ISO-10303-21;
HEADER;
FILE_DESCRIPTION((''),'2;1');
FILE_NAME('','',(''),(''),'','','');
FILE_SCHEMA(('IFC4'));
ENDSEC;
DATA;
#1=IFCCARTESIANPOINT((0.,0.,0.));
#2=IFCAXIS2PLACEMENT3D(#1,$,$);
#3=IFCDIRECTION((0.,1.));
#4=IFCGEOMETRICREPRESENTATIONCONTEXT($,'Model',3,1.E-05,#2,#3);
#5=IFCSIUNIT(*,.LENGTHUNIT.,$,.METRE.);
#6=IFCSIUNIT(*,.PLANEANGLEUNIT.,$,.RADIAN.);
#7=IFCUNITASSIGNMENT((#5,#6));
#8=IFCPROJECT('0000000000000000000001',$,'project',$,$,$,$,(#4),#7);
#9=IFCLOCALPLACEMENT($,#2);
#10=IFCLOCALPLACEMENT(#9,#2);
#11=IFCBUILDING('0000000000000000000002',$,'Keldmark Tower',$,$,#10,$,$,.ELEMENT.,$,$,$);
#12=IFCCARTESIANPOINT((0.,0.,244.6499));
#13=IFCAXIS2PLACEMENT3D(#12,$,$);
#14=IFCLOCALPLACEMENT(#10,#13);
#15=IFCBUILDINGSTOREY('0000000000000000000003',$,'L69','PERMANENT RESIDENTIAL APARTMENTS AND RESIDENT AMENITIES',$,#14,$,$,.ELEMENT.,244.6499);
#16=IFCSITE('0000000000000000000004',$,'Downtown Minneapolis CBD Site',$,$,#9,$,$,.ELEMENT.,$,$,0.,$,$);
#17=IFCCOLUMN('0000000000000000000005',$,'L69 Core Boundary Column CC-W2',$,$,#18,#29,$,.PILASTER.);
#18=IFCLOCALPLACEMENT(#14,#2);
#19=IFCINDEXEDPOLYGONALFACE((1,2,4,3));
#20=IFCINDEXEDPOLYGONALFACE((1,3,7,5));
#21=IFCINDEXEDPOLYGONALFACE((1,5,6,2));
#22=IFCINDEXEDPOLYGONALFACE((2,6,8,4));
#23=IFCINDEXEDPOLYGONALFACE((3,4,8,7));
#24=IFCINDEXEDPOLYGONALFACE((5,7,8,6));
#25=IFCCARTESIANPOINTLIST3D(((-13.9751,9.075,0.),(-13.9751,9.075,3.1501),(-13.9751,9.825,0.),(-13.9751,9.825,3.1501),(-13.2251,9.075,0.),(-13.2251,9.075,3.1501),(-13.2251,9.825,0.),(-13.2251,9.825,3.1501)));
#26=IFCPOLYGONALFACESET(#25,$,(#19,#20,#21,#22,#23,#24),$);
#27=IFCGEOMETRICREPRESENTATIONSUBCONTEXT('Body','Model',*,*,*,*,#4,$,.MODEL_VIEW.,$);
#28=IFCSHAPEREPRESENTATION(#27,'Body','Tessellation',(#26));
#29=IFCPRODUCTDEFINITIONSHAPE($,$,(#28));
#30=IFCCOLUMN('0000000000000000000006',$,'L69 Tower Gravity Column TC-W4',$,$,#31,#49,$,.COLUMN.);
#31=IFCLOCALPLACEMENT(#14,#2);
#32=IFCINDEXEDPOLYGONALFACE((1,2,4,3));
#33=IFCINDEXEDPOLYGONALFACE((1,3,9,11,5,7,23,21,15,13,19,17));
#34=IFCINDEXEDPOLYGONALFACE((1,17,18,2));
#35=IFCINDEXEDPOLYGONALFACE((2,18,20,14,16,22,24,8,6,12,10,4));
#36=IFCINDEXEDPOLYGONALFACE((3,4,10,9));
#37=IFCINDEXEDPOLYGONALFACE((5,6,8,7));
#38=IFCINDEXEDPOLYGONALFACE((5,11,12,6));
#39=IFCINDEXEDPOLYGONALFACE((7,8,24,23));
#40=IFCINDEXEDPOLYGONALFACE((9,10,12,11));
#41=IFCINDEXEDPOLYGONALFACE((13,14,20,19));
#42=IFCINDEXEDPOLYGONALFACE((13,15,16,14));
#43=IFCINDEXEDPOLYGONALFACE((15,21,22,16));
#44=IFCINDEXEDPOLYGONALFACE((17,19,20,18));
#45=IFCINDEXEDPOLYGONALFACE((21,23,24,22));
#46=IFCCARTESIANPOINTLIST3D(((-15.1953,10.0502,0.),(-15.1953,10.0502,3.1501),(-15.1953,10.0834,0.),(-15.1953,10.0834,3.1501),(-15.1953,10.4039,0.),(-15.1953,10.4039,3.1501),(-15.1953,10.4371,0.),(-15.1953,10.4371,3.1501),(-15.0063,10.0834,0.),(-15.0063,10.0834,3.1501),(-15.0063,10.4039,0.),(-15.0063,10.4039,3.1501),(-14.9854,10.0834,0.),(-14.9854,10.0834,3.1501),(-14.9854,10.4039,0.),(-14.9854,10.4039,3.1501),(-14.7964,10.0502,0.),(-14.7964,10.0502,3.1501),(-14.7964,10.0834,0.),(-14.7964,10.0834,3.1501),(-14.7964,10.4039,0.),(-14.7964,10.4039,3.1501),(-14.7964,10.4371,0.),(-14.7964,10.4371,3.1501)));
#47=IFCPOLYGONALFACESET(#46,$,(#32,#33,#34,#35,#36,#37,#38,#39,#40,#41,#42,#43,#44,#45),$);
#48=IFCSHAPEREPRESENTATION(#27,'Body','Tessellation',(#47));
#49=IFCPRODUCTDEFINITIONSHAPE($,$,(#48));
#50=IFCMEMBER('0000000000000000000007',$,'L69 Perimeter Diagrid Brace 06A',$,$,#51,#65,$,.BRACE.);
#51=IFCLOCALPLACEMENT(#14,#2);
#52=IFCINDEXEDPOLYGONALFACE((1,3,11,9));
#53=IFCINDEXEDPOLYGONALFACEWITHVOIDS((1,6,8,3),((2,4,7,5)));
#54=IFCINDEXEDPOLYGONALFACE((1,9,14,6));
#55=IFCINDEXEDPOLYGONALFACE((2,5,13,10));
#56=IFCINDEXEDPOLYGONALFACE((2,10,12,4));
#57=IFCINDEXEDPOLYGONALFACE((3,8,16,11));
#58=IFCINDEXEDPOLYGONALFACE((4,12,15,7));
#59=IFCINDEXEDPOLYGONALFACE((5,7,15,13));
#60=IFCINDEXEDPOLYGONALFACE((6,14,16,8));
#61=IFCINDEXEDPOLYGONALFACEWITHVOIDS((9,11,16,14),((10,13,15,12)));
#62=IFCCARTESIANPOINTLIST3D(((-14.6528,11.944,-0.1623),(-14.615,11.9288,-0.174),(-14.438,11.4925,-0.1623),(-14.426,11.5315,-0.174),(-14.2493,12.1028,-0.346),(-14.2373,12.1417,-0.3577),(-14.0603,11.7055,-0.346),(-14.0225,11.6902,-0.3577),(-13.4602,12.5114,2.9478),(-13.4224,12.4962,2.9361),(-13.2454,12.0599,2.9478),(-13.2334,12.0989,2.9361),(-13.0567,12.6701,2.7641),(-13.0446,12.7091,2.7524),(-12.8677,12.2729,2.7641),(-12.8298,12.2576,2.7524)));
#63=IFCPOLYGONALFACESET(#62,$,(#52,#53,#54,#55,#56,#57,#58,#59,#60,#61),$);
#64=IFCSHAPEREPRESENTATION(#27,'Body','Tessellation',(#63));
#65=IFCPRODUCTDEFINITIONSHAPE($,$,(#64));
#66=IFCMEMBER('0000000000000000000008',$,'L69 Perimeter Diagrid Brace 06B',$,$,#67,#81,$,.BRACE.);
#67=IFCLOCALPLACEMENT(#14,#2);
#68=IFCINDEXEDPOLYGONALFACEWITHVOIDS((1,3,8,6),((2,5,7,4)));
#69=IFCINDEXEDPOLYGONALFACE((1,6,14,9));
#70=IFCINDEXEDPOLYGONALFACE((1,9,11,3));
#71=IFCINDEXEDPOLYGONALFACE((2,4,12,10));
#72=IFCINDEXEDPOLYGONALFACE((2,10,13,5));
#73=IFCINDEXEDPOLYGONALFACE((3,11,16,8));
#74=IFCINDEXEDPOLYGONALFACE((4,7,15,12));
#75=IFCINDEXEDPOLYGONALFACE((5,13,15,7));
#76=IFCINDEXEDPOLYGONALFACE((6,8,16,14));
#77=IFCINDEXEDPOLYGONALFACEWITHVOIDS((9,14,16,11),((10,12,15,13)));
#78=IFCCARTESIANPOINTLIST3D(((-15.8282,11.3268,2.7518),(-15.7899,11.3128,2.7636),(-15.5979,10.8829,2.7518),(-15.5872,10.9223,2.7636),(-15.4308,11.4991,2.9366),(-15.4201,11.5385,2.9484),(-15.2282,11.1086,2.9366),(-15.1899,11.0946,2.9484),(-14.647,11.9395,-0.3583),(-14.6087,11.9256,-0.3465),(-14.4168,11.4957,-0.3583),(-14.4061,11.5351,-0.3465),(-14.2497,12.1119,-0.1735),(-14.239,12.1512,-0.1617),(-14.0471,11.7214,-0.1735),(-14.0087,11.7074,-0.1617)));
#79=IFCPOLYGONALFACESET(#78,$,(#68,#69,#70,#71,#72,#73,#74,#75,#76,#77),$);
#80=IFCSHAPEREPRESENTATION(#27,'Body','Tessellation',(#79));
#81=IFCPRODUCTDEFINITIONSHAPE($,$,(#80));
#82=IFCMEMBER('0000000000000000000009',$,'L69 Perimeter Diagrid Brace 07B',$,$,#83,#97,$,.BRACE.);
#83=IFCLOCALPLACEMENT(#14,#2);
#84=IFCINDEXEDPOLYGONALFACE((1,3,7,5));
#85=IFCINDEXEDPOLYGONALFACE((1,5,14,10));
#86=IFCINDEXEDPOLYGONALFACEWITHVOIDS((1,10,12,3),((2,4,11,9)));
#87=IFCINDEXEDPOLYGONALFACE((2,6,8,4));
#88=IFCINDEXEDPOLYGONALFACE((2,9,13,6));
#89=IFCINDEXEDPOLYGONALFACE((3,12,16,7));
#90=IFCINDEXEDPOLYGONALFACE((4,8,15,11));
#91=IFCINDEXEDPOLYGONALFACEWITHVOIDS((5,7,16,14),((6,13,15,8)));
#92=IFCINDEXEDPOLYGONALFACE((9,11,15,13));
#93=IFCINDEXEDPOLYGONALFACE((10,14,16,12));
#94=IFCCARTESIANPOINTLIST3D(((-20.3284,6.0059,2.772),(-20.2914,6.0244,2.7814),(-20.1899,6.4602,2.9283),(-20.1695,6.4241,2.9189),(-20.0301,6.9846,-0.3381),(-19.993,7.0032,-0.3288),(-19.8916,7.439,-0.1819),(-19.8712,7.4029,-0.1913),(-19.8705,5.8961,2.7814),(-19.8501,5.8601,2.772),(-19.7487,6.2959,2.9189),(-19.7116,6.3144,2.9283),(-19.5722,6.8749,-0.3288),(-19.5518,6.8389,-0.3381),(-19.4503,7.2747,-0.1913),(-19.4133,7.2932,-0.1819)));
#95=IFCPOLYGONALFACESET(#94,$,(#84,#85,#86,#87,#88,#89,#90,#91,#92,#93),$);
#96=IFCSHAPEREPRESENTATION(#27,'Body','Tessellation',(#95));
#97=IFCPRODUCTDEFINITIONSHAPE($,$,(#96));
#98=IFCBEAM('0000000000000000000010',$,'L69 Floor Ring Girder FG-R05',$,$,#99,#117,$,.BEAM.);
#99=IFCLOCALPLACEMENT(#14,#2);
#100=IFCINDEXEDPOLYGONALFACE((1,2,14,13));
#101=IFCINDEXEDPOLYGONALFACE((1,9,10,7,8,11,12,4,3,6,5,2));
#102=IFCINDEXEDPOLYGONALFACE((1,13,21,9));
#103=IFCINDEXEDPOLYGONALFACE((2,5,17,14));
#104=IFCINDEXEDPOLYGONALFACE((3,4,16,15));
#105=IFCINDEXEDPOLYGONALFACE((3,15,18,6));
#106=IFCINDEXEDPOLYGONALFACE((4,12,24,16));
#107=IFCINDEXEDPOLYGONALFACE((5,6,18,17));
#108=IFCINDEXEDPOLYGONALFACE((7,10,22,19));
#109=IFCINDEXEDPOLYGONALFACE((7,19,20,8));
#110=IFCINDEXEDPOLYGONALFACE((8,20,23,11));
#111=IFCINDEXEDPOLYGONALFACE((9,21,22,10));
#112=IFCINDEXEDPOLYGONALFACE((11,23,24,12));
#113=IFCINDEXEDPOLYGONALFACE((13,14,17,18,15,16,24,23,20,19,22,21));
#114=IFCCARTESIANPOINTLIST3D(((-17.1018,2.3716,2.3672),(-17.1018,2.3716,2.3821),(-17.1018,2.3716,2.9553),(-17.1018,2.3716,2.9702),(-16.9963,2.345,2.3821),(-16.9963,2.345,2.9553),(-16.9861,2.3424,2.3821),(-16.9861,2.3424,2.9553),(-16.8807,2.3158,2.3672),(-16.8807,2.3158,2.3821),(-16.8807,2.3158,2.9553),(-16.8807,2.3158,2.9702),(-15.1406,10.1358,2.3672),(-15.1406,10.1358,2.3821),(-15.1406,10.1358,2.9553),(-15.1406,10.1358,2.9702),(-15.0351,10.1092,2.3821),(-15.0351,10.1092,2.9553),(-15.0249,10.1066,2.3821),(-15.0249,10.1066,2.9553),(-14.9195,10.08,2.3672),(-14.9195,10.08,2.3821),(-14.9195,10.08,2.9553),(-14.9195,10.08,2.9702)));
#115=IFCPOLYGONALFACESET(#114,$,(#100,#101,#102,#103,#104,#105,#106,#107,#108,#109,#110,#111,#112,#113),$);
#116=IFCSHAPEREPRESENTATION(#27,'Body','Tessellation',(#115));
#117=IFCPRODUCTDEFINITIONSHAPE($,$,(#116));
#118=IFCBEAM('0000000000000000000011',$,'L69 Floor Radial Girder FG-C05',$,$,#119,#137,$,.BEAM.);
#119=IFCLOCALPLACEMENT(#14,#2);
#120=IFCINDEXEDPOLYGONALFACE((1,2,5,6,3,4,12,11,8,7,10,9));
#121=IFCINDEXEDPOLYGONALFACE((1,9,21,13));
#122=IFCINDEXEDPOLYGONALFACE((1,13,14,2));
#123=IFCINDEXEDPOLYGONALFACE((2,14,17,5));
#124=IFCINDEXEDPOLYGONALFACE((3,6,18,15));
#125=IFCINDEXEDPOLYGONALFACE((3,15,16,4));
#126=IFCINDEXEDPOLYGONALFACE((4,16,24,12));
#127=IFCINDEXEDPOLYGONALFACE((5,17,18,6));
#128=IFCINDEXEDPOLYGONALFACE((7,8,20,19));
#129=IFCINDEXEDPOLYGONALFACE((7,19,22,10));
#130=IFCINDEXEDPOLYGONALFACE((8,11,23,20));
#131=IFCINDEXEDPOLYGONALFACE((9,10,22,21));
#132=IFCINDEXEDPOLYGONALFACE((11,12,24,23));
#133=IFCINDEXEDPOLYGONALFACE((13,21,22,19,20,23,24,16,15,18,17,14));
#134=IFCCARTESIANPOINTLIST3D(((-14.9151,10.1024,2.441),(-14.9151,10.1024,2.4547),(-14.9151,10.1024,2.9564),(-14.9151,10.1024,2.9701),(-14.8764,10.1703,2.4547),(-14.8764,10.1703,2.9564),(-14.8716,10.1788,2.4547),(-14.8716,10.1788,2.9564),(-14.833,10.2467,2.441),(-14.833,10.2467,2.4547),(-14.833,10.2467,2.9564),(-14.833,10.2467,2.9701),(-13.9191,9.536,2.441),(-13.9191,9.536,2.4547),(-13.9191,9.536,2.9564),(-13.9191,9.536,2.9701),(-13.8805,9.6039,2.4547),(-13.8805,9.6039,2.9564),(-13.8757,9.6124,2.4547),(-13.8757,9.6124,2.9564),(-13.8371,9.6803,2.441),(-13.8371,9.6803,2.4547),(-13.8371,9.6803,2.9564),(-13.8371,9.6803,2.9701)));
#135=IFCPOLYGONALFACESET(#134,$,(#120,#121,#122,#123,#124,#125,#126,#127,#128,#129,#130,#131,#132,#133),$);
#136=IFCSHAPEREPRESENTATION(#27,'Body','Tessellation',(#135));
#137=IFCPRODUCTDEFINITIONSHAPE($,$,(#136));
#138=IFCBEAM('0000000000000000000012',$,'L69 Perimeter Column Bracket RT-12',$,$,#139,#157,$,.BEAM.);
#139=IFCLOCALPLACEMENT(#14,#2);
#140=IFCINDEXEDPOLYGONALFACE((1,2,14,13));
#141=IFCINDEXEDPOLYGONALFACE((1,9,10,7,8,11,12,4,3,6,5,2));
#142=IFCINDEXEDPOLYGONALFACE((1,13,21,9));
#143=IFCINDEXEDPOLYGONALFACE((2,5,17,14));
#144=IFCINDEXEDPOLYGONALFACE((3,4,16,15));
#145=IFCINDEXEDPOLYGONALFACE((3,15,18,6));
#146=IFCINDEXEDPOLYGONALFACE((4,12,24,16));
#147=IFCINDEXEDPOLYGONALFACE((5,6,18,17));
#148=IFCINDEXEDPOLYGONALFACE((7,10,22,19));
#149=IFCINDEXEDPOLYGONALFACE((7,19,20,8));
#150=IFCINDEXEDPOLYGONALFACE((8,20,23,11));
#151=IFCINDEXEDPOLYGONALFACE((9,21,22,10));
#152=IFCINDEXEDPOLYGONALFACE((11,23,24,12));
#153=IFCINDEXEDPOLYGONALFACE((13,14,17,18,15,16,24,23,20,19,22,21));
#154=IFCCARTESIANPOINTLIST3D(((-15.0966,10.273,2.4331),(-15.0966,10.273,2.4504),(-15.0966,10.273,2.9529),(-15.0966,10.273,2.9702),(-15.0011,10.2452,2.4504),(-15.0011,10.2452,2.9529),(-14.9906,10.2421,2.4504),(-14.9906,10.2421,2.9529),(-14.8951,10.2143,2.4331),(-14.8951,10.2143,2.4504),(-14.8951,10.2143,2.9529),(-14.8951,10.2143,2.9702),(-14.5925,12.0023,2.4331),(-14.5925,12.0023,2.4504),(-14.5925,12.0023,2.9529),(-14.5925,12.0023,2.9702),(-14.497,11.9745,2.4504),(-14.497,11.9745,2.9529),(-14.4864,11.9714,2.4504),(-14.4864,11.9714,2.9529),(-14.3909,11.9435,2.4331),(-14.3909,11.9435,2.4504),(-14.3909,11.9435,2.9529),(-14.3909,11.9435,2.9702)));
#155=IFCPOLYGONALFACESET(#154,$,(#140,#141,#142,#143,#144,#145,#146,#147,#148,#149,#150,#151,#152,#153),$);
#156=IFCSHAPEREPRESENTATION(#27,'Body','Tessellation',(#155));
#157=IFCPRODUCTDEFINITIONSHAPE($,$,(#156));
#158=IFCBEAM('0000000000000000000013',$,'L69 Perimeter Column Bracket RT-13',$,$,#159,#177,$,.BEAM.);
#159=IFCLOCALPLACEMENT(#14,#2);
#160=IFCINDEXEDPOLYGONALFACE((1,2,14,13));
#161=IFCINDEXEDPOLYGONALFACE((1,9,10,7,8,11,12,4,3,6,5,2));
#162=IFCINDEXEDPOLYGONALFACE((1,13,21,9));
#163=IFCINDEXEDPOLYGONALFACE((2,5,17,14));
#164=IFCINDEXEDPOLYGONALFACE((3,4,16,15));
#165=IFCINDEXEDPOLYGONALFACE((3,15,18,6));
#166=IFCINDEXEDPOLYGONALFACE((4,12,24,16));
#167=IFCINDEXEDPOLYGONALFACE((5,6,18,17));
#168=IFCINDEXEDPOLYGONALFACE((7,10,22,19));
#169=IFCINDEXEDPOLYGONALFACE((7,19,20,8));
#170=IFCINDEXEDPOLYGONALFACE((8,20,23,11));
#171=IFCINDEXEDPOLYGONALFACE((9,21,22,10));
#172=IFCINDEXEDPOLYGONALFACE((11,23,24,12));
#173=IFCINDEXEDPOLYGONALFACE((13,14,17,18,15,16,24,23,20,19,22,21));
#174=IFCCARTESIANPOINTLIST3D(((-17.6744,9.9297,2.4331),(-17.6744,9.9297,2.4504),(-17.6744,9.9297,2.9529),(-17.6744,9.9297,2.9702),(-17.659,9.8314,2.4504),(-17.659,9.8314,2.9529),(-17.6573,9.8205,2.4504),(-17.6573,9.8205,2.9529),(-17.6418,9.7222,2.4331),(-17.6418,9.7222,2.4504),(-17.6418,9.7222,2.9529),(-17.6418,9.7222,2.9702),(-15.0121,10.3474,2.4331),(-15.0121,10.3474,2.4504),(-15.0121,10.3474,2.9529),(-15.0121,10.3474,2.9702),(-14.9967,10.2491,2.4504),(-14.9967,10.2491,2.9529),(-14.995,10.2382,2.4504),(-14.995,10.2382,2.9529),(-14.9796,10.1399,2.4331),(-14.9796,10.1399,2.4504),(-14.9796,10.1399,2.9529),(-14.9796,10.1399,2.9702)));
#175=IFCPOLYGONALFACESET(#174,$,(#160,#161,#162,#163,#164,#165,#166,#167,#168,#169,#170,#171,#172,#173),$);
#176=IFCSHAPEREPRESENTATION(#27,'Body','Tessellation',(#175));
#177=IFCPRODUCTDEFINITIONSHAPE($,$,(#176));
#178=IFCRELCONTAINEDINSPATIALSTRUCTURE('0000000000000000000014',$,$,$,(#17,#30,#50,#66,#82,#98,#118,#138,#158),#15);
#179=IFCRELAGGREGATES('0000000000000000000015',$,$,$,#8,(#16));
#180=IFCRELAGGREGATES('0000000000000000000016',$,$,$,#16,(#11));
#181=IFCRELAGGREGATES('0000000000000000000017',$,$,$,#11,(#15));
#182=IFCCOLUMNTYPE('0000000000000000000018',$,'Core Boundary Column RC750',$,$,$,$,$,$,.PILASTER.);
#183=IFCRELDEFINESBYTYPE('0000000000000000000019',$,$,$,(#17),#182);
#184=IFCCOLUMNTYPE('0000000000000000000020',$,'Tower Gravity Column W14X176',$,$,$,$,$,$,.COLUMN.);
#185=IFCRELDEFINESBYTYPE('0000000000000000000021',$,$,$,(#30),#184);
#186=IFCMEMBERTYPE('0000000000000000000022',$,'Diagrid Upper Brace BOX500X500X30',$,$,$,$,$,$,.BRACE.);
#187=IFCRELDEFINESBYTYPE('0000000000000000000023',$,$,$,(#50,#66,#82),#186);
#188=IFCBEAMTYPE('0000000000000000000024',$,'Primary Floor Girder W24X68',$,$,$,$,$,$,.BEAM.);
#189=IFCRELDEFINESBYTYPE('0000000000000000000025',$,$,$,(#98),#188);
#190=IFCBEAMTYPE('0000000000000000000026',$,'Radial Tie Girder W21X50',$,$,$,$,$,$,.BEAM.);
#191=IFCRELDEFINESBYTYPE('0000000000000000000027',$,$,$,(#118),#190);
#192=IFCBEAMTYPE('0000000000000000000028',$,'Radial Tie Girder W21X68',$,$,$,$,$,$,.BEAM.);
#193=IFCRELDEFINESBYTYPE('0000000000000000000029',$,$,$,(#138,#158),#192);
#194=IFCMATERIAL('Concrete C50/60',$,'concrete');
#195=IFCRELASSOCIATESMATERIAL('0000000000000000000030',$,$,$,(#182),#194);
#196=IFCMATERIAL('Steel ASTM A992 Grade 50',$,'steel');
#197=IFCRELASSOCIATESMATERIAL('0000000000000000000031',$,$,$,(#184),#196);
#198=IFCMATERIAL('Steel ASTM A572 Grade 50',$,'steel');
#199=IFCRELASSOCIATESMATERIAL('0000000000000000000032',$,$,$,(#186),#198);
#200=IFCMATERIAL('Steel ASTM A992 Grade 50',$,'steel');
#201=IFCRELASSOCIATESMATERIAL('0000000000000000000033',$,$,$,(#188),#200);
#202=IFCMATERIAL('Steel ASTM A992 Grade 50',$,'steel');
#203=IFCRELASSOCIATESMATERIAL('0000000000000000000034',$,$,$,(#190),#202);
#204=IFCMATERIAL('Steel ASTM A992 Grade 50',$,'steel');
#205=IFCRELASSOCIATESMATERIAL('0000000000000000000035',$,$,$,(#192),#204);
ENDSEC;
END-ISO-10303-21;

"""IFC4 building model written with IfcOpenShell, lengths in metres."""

from ifc_helpers import new_model, si_unit, direction, frame, origin, origin_2d, place, context, subcontext, project, spatial, rectangle, hollow_rectangle, i_section, extrude, material, material_profile, profile_set, type_object, element, save


model = new_model("IFC4")

# Units and contexts
model_context = context("Model", 3, precision=1e-05, world=origin(), true_north=direction((0.0, 1.0)))
body_context = subcontext(model_context, "Body", "Model", "MODEL_VIEW")
ifc_project = project(units=[si_unit("LENGTHUNIT", "METRE"), si_unit("PLANEANGLEUNIT", "RADIAN")], contexts=[model_context])

# Site, building, storey
site_placement = place(None, origin())
site = spatial("IfcSite", under=ifc_project, at=site_placement, Name="Downtown Minneapolis CBD Site", CompositionType="ELEMENT", RefElevation=0.0)
building_placement = place(site_placement, origin())
building = spatial("IfcBuilding", under=site, at=building_placement, Name="Keldmark Tower", CompositionType="ELEMENT")
storey_placement = place(building_placement, frame((0.0, 0.0, 244.6499)))
storey = spatial("IfcBuildingStorey", under=building, at=storey_placement, Name="L69", Description="PERMANENT RESIDENTIAL APARTMENTS AND RESIDENT AMENITIES", CompositionType="ELEMENT", Elevation=244.6499)

# Columns
ifc_material_1 = material(Name="Concrete C50/60", Category="concrete")
ifc_material_profile_1 = material_profile(ifc_material_1, rectangle(XDim=0.75, YDim=0.75, at=origin_2d()), Name="RC750X750")
ifc_profile_set_1 = profile_set([ifc_material_profile_1], Name="Concrete C50/60")
column_type_1 = type_object("IfcColumnType", Name="Core Boundary Column RC750", PredefinedType="PILASTER", material=ifc_profile_set_1)
column_1_placement = place(storey_placement, frame((-13.6001, 9.45, 0.0), z_axis=(0.0, 0.0, 1.0), x_axis=(1.0, 0.0, 0.0)))
element("IfcColumn", 1, at=column_1_placement, inside=storey, type_object=column_type_1, Name="L69 Core Boundary Column CC-W2", PredefinedType="PILASTER", context=body_context, shape_type="SweptSolid", body=[
    extrude(rectangle(XDim=0.75, YDim=0.75, at=origin_2d()), origin(), (0.0, 0.0, 1.0), 3.1501),
])
ifc_material_2 = material(Name="Steel ASTM A992 Grade 50", Category="steel")
ifc_material_profile_2 = material_profile(ifc_material_2, i_section(OverallWidth=0.3989, OverallDepth=0.387, WebThickness=0.021, FlangeThickness=0.0332, at=origin_2d()), Name="W14X176")
ifc_profile_set_2 = profile_set([ifc_material_profile_2], Name="Steel ASTM A992 Grade 50")
column_type_2 = type_object("IfcColumnType", Name="Tower Gravity Column W14X176", PredefinedType="COLUMN", material=ifc_profile_set_2)
column_2_placement = place(storey_placement, frame((-14.9958, 10.2437, 0.0), z_axis=(0.0, 0.0, 1.0), x_axis=(1.0, 0.0, 0.0)))
element("IfcColumn", 2, at=column_2_placement, inside=storey, type_object=column_type_2, Name="L69 Tower Gravity Column TC-W4", PredefinedType="COLUMN", context=body_context, shape_type="SweptSolid", body=[
    extrude(i_section(OverallWidth=0.3989, OverallDepth=0.387, WebThickness=0.021, FlangeThickness=0.0332, at=origin_2d()), origin(), (0.0, 0.0, 1.0), 3.1501),
])

# Members
ifc_material_3 = material(Name="Steel ASTM A572 Grade 50", Category="steel")
ifc_material_profile_3 = material_profile(ifc_material_3, hollow_rectangle(XDim=0.5, YDim=0.5, WallThickness=0.03, at=origin_2d()), Name="BOX500X500X30")
ifc_profile_set_3 = profile_set([ifc_material_profile_3], Name="Steel ASTM A572 Grade 50")
member_type = type_object("IfcMemberType", Name="Diagrid Upper Brace BOX500X500X30", PredefinedType="BRACE", material=ifc_profile_set_3)
member_1_placement = place(storey_placement, frame((-14.3376, 11.8171, -0.26), z_axis=(0.352962, 0.167919, 0.920446), x_axis=(-0.429603, 0.903018, 0.0)))
element("IfcMember", 3, at=member_1_placement, inside=storey, type_object=member_type, Name="L69 Perimeter Diagrid Brace 06A", PredefinedType="BRACE", context=body_context, shape_type="SweptSolid", body=[
    extrude(hollow_rectangle(XDim=0.5, YDim=0.5, WallThickness=0.03, at=origin_2d()), origin(), (0.0, 0.0, 1.0), 3.3789),
])
member_2_placement = place(storey_placement, frame((-14.3279, 11.8235, -0.26), z_axis=(-0.349163, -0.181149, 0.919386), x_axis=(0.460521, -0.887649, 0.0)))
element("IfcMember", 4, at=member_2_placement, inside=storey, type_object=member_type, Name="L69 Perimeter Diagrid Brace 06B", PredefinedType="BRACE", context=body_context, shape_type="SweptSolid", body=[
    extrude(hollow_rectangle(XDim=0.5, YDim=0.5, WallThickness=0.03, at=origin_2d()), origin(), (0.0, 0.0, 1.0), 3.3828),
])
member_3_placement = place(storey_placement, frame((-19.7217, 7.1389, -0.26), z_axis=(-0.091121, -0.29894, 0.949912), x_axis=(0.95655, -0.29157, 0.0)))
element("IfcMember", 5, at=member_3_placement, inside=storey, type_object=member_type, Name="L69 Perimeter Diagrid Brace 07B", PredefinedType="BRACE", context=body_context, shape_type="SweptSolid", body=[
    extrude(hollow_rectangle(XDim=0.5, YDim=0.5, WallThickness=0.03, at=origin_2d()), origin(), (0.0, 0.0, 1.0), 3.2742),
])

# Beams
ifc_material_4 = material(Name="Steel ASTM A992 Grade 50", Category="steel")
ifc_material_profile_4 = material_profile(ifc_material_4, i_section(OverallWidth=0.228, OverallDepth=0.603, WebThickness=0.0105, FlangeThickness=0.0149, at=origin_2d()), Name="W24X68")
ifc_profile_set_4 = profile_set([ifc_material_profile_4], Name="Steel ASTM A992 Grade 50")
beam_type_1 = type_object("IfcBeamType", Name="Primary Floor Girder W24X68", PredefinedType="BEAM", material=ifc_profile_set_4)
beam_1_placement = place(storey_placement, frame((-15.03, 10.1079, 2.6687), z_axis=(-0.244902, -0.969548, 0.0), x_axis=(0.969548, -0.244902, 0.0)))
element("IfcBeam", 6, at=beam_1_placement, inside=storey, type_object=beam_type_1, Name="L69 Floor Ring Girder FG-R05", PredefinedType="BEAM", context=body_context, shape_type="SweptSolid", body=[
    extrude(i_section(OverallWidth=0.228, OverallDepth=0.603, WebThickness=0.0105, FlangeThickness=0.0149, at=origin_2d()), origin(), (0.0, 0.0, 1.0), 8.0081),
])
ifc_material_5 = material(Name="Steel ASTM A992 Grade 50", Category="steel")
ifc_material_profile_5 = material_profile(ifc_material_5, i_section(OverallWidth=0.166, OverallDepth=0.5291, WebThickness=0.0098, FlangeThickness=0.0137, at=origin_2d()), Name="W21X50")
ifc_profile_set_5 = profile_set([ifc_material_profile_5], Name="Steel ASTM A992 Grade 50")
beam_type_2 = type_object("IfcBeamType", Name="Radial Tie Girder W21X50", PredefinedType="BEAM", material=ifc_profile_set_5)
beam_2_placement = place(storey_placement, frame((-14.874, 10.1746, 2.7056), z_axis=(0.869238, -0.494394, 0.0), x_axis=(0.494394, 0.869238, 0.0)))
element("IfcBeam", 7, at=beam_2_placement, inside=storey, type_object=beam_type_2, Name="L69 Floor Radial Girder FG-C05", PredefinedType="BEAM", context=body_context, shape_type="SweptSolid", body=[
    extrude(i_section(OverallWidth=0.166, OverallDepth=0.5291, WebThickness=0.0098, FlangeThickness=0.0137, at=origin_2d()), origin(), (0.0, 0.0, 1.0), 1.1458),
])
ifc_material_6 = material(Name="Steel ASTM A992 Grade 50", Category="steel")
ifc_material_profile_6 = material_profile(ifc_material_6, i_section(OverallWidth=0.21, OverallDepth=0.5371, WebThickness=0.011, FlangeThickness=0.0173, at=origin_2d()), Name="W21X68")
ifc_profile_set_6 = profile_set([ifc_material_profile_6], Name="Steel ASTM A992 Grade 50")
beam_type_3 = type_object("IfcBeamType", Name="Radial Tie Girder W21X68", PredefinedType="BEAM", material=ifc_profile_set_6)
beam_3_placement = place(storey_placement, frame((-14.9958, 10.2437, 2.7017), z_axis=(0.279891, 0.960032, 0.0), x_axis=(-0.960032, 0.279891, 0.0)))
element("IfcBeam", 8, at=beam_3_placement, inside=storey, type_object=beam_type_3, Name="L69 Perimeter Column Bracket RT-12", PredefinedType="BEAM", context=body_context, shape_type="SweptSolid", body=[
    extrude(i_section(OverallWidth=0.21, OverallDepth=0.5371, WebThickness=0.011, FlangeThickness=0.0173, at=origin_2d()), origin(), (0.0, 0.0, 1.0), 1.8013),
])
beam_4_placement = place(storey_placement, frame((-14.9958, 10.2437, 2.7017), z_axis=(-0.987914, -0.155004, 0.0), x_axis=(0.155004, -0.987914, 0.0)))
element("IfcBeam", 9, at=beam_4_placement, inside=storey, type_object=beam_type_3, Name="L69 Perimeter Column Bracket RT-13", PredefinedType="BEAM", context=body_context, shape_type="SweptSolid", body=[
    extrude(i_section(OverallWidth=0.21, OverallDepth=0.5371, WebThickness=0.011, FlangeThickness=0.0173, at=origin_2d()), origin(), (0.0, 0.0, 1.0), 2.6948),
])

save(model, "model.ifc")
